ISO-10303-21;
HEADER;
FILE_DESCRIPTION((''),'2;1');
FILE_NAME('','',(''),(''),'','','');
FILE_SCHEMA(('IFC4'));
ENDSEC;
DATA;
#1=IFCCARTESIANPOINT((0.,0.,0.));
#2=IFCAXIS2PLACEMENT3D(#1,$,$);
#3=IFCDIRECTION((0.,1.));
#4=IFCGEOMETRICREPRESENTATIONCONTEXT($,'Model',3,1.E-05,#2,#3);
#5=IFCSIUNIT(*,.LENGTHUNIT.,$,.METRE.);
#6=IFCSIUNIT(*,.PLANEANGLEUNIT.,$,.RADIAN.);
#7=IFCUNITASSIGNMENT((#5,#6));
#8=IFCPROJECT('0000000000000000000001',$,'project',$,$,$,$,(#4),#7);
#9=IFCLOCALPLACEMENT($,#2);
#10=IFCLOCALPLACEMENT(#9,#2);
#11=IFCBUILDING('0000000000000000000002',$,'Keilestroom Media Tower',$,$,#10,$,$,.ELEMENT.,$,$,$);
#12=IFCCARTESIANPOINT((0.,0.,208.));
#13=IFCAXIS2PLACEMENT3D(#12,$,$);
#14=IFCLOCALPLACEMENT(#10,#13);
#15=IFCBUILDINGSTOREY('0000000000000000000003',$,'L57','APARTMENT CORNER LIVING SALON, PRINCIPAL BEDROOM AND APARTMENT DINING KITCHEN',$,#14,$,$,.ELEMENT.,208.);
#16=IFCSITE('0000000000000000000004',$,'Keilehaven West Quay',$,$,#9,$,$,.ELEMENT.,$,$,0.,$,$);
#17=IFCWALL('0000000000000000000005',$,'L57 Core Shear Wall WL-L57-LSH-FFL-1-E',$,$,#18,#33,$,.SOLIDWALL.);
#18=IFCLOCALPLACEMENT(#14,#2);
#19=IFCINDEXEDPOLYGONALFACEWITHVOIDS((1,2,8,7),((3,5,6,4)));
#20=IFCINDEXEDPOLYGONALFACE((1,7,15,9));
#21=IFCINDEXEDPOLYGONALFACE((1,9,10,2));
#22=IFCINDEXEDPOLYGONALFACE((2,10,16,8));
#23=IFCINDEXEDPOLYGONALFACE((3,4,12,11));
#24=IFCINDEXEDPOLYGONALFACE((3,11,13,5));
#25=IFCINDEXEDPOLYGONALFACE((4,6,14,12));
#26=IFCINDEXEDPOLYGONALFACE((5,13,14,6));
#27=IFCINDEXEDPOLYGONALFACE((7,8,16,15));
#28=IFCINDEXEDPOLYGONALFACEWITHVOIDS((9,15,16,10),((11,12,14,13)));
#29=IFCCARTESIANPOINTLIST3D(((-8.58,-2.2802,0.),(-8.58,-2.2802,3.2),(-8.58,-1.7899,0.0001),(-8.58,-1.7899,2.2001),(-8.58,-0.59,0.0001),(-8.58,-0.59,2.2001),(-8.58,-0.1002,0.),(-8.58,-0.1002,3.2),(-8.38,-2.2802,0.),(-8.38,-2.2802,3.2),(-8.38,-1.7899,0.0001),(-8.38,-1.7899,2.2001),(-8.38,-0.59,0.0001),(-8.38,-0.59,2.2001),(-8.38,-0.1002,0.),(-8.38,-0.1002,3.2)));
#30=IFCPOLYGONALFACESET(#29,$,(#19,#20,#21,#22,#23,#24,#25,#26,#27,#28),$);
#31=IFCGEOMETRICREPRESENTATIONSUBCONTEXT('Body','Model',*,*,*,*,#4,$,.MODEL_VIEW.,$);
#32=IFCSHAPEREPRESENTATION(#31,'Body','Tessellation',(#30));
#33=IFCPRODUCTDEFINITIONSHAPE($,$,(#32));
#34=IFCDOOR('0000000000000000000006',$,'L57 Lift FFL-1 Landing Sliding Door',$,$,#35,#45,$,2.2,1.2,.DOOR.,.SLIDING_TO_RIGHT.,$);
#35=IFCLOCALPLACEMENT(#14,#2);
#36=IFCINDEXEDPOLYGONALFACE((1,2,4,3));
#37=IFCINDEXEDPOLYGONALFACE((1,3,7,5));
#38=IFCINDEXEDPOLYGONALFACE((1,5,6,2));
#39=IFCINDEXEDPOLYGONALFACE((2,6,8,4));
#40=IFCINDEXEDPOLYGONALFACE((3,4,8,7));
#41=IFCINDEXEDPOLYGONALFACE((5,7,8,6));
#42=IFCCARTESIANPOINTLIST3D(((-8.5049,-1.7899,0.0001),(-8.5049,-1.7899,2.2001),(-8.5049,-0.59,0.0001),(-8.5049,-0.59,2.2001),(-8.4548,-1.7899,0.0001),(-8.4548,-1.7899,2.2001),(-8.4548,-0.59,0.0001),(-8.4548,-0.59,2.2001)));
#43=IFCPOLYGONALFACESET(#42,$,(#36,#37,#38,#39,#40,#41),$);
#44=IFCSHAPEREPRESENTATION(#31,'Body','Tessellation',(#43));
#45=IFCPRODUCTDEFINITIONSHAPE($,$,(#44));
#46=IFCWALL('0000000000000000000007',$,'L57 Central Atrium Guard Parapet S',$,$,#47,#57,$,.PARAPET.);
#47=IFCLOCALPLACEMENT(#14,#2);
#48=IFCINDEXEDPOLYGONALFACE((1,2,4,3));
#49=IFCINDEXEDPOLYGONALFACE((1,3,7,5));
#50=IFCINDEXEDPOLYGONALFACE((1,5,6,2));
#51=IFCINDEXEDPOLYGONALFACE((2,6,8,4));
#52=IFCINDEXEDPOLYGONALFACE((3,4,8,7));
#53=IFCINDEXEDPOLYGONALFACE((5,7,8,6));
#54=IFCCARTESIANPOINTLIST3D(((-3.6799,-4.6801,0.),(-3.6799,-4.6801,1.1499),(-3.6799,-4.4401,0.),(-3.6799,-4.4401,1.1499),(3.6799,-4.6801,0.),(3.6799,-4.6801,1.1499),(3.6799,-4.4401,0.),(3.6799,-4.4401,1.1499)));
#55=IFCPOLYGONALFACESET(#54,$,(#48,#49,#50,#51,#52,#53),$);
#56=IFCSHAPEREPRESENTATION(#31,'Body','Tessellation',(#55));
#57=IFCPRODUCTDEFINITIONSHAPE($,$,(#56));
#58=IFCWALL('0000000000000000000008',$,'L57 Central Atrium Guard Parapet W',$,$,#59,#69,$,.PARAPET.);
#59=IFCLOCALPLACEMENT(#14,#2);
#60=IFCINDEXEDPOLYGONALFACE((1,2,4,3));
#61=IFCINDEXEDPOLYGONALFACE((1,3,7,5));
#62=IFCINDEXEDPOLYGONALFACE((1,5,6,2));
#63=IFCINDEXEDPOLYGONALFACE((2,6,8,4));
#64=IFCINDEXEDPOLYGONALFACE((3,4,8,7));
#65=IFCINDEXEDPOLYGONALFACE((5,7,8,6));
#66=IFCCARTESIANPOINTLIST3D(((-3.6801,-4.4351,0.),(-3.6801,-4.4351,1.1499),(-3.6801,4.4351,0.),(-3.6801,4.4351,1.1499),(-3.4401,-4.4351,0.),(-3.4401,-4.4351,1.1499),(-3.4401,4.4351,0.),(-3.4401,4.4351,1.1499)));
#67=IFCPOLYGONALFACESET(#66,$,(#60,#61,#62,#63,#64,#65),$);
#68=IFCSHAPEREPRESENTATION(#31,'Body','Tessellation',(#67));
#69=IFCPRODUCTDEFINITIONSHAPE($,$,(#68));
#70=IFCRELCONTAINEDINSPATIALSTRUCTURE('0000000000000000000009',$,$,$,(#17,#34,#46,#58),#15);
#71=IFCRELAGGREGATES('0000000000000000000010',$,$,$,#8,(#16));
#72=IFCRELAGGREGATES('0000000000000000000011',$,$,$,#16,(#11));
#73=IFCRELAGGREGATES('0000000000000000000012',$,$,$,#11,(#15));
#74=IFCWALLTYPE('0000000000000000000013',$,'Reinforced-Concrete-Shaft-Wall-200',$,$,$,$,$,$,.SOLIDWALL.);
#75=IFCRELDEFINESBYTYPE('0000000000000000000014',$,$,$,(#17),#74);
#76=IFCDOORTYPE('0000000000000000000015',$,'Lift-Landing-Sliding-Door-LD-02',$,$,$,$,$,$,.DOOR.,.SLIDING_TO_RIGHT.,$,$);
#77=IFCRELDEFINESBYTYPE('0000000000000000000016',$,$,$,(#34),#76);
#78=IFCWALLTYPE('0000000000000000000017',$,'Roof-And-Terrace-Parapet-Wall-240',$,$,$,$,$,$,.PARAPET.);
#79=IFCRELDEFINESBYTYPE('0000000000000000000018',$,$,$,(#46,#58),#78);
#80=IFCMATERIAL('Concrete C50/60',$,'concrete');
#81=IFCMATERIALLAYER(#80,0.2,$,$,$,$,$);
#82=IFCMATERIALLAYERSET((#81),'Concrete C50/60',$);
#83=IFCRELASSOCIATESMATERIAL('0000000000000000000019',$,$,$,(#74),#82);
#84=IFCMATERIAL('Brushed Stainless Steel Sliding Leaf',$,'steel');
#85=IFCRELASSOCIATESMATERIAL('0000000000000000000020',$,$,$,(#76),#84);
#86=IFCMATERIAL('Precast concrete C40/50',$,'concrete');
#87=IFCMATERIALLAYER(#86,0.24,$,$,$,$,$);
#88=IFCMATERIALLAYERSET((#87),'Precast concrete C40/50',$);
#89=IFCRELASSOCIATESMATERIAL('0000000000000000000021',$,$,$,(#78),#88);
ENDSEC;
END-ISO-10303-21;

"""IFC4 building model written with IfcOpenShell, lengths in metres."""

from ifc_helpers import new_model, si_unit, direction, frame, frame_2d, origin, place, context, subcontext, project, spatial, rectangle, extrude, source, transform, mapped, material, layer, layer_set, type_object, element, fill, save


model = new_model("IFC4")

# Units and contexts
model_context = context("Model", 3, precision=1e-05, world=origin(), true_north=direction((0.0, 1.0)))
body_context = subcontext(model_context, "Body", "Model", "MODEL_VIEW")
ifc_project = project(units=[si_unit("LENGTHUNIT", "METRE"), si_unit("PLANEANGLEUNIT", "RADIAN")], contexts=[model_context])

# Site, building, storey
site_placement = place(None, origin())
site = spatial("IfcSite", under=ifc_project, at=site_placement, Name="Keilehaven West Quay", CompositionType="ELEMENT", RefElevation=0.0)
building_placement = place(site_placement, origin())
building = spatial("IfcBuilding", under=site, at=building_placement, Name="Keilestroom Media Tower", CompositionType="ELEMENT")
storey_placement = place(building_placement, frame((0.0, 0.0, 208.0)))
storey = spatial("IfcBuildingStorey", under=building, at=storey_placement, Name="L57", Description="APARTMENT CORNER LIVING SALON, PRINCIPAL BEDROOM AND APARTMENT DINING KITCHEN", CompositionType="ELEMENT", Elevation=208.0)

# Shared definitions
shared_shape_1 = source(origin(), body_context, "Body", "SweptSolid", [
    extrude(rectangle(XDim=1.2, YDim=2.2, at=frame_2d((0.6001, 1.1001))), frame((0.0, 0.0249, 0.0), z_axis=(0.0, -1.0, 0.0), x_axis=(1.0, 0.0, 0.0)), (0.0, 0.0, 1.0), 0.05),
])

# Shared definitions
ifc_material_1 = material(Name="Concrete C50/60", Category="concrete")
ifc_layer_1 = layer(ifc_material_1, 0.2)
ifc_layer_set_1 = layer_set([ifc_layer_1], Name="Concrete C50/60")
wall_type_1 = type_object("IfcWallType", Name="Reinforced-Concrete-Shaft-Wall-200", PredefinedType="SOLIDWALL", material=ifc_layer_set_1)

# Wall, opening, door
wall_1_placement = place(storey_placement, frame((-8.48, -2.28, 0.0), z_axis=(0.0, 0.0, 1.0), x_axis=(0.0, 1.0, 0.0)))
wall_1 = element("IfcWall", 1, at=wall_1_placement, inside=storey, type_object=wall_type_1, Name="L57 Core Shear Wall WL-L57-LSH-FFL-1-E", PredefinedType="SOLIDWALL", context=body_context, shape_type="SweptSolid", body=[
    extrude(rectangle(XDim=2.1799, YDim=0.2, at=frame_2d((1.0898, 0.0))), origin(), (0.0, 0.0, 1.0), 3.2),
])
opening_1_placement = place(wall_1_placement, frame((0.49, 0.0, 0.0)))
opening_1 = element("IfcOpeningElement", 2, at=opening_1_placement, cuts=wall_1, PredefinedType="OPENING", context=body_context, shape_type="SweptSolid", body=[
    extrude(rectangle(XDim=1.2, YDim=2.2, at=frame_2d((0.6001, 1.1001))), frame((0.0, 0.1099, 0.0), z_axis=(0.0, -1.0, 0.0), x_axis=(1.0, 0.0, 0.0)), (0.0, 0.0, 1.0), 0.22),
])
ifc_material_2 = material(Name="Brushed Stainless Steel Sliding Leaf", Category="steel")
door_type_1 = type_object("IfcDoorType", Name="Lift-Landing-Sliding-Door-LD-02", OperationType="SLIDING_TO_RIGHT", PredefinedType="DOOR", material=ifc_material_2)
door_1_placement = place(opening_1_placement, origin())
door_1 = element("IfcDoor", 3, at=door_1_placement, inside=storey, type_object=door_type_1, Name="L57 Lift FFL-1 Landing Sliding Door", OperationType="SLIDING_TO_RIGHT", OverallHeight=2.2, OverallWidth=1.2, PredefinedType="DOOR", context=body_context, shape_type="MappedRepresentation", body=[
    mapped(shared_shape_1, transform((0.0, 0.0, 0.0), x_axis=(1.0, 0.0, 0.0), y_axis=(0.0, 1.0, 0.0), z_axis=(0.0, 0.0, 1.0), scale=1.0)),
])
fill(opening_1, door_1)

# Walls
ifc_material_3 = material(Name="Precast concrete C40/50", Category="concrete")
ifc_layer_2 = layer(ifc_material_3, 0.24)
ifc_layer_set_2 = layer_set([ifc_layer_2], Name="Precast concrete C40/50")
wall_type_2 = type_object("IfcWallType", Name="Roof-And-Terrace-Parapet-Wall-240", PredefinedType="PARAPET", material=ifc_layer_set_2)
wall_2_placement = place(storey_placement, frame((-3.6799, -4.5601, 0.0), z_axis=(0.0, 0.0, 1.0), x_axis=(1.0, 0.0, 0.0)))
element("IfcWall", 4, at=wall_2_placement, inside=storey, type_object=wall_type_2, Name="L57 Central Atrium Guard Parapet S", PredefinedType="PARAPET", context=body_context, shape_type="SweptSolid", body=[
    extrude(rectangle(XDim=7.3599, YDim=0.24, at=frame_2d((3.6799, 0.0))), origin(), (0.0, 0.0, 1.0), 1.1499),
])
wall_3_placement = place(storey_placement, frame((-3.5601, -4.4351, 0.0), z_axis=(0.0, 0.0, 1.0), x_axis=(0.0, 1.0, 0.0)))
element("IfcWall", 5, at=wall_3_placement, inside=storey, type_object=wall_type_2, Name="L57 Central Atrium Guard Parapet W", PredefinedType="PARAPET", context=body_context, shape_type="SweptSolid", body=[
    extrude(rectangle(XDim=8.8701, YDim=0.24, at=frame_2d((4.4351, 0.0))), origin(), (0.0, 0.0, 1.0), 1.1499),
])

save(model, "model.ifc")
